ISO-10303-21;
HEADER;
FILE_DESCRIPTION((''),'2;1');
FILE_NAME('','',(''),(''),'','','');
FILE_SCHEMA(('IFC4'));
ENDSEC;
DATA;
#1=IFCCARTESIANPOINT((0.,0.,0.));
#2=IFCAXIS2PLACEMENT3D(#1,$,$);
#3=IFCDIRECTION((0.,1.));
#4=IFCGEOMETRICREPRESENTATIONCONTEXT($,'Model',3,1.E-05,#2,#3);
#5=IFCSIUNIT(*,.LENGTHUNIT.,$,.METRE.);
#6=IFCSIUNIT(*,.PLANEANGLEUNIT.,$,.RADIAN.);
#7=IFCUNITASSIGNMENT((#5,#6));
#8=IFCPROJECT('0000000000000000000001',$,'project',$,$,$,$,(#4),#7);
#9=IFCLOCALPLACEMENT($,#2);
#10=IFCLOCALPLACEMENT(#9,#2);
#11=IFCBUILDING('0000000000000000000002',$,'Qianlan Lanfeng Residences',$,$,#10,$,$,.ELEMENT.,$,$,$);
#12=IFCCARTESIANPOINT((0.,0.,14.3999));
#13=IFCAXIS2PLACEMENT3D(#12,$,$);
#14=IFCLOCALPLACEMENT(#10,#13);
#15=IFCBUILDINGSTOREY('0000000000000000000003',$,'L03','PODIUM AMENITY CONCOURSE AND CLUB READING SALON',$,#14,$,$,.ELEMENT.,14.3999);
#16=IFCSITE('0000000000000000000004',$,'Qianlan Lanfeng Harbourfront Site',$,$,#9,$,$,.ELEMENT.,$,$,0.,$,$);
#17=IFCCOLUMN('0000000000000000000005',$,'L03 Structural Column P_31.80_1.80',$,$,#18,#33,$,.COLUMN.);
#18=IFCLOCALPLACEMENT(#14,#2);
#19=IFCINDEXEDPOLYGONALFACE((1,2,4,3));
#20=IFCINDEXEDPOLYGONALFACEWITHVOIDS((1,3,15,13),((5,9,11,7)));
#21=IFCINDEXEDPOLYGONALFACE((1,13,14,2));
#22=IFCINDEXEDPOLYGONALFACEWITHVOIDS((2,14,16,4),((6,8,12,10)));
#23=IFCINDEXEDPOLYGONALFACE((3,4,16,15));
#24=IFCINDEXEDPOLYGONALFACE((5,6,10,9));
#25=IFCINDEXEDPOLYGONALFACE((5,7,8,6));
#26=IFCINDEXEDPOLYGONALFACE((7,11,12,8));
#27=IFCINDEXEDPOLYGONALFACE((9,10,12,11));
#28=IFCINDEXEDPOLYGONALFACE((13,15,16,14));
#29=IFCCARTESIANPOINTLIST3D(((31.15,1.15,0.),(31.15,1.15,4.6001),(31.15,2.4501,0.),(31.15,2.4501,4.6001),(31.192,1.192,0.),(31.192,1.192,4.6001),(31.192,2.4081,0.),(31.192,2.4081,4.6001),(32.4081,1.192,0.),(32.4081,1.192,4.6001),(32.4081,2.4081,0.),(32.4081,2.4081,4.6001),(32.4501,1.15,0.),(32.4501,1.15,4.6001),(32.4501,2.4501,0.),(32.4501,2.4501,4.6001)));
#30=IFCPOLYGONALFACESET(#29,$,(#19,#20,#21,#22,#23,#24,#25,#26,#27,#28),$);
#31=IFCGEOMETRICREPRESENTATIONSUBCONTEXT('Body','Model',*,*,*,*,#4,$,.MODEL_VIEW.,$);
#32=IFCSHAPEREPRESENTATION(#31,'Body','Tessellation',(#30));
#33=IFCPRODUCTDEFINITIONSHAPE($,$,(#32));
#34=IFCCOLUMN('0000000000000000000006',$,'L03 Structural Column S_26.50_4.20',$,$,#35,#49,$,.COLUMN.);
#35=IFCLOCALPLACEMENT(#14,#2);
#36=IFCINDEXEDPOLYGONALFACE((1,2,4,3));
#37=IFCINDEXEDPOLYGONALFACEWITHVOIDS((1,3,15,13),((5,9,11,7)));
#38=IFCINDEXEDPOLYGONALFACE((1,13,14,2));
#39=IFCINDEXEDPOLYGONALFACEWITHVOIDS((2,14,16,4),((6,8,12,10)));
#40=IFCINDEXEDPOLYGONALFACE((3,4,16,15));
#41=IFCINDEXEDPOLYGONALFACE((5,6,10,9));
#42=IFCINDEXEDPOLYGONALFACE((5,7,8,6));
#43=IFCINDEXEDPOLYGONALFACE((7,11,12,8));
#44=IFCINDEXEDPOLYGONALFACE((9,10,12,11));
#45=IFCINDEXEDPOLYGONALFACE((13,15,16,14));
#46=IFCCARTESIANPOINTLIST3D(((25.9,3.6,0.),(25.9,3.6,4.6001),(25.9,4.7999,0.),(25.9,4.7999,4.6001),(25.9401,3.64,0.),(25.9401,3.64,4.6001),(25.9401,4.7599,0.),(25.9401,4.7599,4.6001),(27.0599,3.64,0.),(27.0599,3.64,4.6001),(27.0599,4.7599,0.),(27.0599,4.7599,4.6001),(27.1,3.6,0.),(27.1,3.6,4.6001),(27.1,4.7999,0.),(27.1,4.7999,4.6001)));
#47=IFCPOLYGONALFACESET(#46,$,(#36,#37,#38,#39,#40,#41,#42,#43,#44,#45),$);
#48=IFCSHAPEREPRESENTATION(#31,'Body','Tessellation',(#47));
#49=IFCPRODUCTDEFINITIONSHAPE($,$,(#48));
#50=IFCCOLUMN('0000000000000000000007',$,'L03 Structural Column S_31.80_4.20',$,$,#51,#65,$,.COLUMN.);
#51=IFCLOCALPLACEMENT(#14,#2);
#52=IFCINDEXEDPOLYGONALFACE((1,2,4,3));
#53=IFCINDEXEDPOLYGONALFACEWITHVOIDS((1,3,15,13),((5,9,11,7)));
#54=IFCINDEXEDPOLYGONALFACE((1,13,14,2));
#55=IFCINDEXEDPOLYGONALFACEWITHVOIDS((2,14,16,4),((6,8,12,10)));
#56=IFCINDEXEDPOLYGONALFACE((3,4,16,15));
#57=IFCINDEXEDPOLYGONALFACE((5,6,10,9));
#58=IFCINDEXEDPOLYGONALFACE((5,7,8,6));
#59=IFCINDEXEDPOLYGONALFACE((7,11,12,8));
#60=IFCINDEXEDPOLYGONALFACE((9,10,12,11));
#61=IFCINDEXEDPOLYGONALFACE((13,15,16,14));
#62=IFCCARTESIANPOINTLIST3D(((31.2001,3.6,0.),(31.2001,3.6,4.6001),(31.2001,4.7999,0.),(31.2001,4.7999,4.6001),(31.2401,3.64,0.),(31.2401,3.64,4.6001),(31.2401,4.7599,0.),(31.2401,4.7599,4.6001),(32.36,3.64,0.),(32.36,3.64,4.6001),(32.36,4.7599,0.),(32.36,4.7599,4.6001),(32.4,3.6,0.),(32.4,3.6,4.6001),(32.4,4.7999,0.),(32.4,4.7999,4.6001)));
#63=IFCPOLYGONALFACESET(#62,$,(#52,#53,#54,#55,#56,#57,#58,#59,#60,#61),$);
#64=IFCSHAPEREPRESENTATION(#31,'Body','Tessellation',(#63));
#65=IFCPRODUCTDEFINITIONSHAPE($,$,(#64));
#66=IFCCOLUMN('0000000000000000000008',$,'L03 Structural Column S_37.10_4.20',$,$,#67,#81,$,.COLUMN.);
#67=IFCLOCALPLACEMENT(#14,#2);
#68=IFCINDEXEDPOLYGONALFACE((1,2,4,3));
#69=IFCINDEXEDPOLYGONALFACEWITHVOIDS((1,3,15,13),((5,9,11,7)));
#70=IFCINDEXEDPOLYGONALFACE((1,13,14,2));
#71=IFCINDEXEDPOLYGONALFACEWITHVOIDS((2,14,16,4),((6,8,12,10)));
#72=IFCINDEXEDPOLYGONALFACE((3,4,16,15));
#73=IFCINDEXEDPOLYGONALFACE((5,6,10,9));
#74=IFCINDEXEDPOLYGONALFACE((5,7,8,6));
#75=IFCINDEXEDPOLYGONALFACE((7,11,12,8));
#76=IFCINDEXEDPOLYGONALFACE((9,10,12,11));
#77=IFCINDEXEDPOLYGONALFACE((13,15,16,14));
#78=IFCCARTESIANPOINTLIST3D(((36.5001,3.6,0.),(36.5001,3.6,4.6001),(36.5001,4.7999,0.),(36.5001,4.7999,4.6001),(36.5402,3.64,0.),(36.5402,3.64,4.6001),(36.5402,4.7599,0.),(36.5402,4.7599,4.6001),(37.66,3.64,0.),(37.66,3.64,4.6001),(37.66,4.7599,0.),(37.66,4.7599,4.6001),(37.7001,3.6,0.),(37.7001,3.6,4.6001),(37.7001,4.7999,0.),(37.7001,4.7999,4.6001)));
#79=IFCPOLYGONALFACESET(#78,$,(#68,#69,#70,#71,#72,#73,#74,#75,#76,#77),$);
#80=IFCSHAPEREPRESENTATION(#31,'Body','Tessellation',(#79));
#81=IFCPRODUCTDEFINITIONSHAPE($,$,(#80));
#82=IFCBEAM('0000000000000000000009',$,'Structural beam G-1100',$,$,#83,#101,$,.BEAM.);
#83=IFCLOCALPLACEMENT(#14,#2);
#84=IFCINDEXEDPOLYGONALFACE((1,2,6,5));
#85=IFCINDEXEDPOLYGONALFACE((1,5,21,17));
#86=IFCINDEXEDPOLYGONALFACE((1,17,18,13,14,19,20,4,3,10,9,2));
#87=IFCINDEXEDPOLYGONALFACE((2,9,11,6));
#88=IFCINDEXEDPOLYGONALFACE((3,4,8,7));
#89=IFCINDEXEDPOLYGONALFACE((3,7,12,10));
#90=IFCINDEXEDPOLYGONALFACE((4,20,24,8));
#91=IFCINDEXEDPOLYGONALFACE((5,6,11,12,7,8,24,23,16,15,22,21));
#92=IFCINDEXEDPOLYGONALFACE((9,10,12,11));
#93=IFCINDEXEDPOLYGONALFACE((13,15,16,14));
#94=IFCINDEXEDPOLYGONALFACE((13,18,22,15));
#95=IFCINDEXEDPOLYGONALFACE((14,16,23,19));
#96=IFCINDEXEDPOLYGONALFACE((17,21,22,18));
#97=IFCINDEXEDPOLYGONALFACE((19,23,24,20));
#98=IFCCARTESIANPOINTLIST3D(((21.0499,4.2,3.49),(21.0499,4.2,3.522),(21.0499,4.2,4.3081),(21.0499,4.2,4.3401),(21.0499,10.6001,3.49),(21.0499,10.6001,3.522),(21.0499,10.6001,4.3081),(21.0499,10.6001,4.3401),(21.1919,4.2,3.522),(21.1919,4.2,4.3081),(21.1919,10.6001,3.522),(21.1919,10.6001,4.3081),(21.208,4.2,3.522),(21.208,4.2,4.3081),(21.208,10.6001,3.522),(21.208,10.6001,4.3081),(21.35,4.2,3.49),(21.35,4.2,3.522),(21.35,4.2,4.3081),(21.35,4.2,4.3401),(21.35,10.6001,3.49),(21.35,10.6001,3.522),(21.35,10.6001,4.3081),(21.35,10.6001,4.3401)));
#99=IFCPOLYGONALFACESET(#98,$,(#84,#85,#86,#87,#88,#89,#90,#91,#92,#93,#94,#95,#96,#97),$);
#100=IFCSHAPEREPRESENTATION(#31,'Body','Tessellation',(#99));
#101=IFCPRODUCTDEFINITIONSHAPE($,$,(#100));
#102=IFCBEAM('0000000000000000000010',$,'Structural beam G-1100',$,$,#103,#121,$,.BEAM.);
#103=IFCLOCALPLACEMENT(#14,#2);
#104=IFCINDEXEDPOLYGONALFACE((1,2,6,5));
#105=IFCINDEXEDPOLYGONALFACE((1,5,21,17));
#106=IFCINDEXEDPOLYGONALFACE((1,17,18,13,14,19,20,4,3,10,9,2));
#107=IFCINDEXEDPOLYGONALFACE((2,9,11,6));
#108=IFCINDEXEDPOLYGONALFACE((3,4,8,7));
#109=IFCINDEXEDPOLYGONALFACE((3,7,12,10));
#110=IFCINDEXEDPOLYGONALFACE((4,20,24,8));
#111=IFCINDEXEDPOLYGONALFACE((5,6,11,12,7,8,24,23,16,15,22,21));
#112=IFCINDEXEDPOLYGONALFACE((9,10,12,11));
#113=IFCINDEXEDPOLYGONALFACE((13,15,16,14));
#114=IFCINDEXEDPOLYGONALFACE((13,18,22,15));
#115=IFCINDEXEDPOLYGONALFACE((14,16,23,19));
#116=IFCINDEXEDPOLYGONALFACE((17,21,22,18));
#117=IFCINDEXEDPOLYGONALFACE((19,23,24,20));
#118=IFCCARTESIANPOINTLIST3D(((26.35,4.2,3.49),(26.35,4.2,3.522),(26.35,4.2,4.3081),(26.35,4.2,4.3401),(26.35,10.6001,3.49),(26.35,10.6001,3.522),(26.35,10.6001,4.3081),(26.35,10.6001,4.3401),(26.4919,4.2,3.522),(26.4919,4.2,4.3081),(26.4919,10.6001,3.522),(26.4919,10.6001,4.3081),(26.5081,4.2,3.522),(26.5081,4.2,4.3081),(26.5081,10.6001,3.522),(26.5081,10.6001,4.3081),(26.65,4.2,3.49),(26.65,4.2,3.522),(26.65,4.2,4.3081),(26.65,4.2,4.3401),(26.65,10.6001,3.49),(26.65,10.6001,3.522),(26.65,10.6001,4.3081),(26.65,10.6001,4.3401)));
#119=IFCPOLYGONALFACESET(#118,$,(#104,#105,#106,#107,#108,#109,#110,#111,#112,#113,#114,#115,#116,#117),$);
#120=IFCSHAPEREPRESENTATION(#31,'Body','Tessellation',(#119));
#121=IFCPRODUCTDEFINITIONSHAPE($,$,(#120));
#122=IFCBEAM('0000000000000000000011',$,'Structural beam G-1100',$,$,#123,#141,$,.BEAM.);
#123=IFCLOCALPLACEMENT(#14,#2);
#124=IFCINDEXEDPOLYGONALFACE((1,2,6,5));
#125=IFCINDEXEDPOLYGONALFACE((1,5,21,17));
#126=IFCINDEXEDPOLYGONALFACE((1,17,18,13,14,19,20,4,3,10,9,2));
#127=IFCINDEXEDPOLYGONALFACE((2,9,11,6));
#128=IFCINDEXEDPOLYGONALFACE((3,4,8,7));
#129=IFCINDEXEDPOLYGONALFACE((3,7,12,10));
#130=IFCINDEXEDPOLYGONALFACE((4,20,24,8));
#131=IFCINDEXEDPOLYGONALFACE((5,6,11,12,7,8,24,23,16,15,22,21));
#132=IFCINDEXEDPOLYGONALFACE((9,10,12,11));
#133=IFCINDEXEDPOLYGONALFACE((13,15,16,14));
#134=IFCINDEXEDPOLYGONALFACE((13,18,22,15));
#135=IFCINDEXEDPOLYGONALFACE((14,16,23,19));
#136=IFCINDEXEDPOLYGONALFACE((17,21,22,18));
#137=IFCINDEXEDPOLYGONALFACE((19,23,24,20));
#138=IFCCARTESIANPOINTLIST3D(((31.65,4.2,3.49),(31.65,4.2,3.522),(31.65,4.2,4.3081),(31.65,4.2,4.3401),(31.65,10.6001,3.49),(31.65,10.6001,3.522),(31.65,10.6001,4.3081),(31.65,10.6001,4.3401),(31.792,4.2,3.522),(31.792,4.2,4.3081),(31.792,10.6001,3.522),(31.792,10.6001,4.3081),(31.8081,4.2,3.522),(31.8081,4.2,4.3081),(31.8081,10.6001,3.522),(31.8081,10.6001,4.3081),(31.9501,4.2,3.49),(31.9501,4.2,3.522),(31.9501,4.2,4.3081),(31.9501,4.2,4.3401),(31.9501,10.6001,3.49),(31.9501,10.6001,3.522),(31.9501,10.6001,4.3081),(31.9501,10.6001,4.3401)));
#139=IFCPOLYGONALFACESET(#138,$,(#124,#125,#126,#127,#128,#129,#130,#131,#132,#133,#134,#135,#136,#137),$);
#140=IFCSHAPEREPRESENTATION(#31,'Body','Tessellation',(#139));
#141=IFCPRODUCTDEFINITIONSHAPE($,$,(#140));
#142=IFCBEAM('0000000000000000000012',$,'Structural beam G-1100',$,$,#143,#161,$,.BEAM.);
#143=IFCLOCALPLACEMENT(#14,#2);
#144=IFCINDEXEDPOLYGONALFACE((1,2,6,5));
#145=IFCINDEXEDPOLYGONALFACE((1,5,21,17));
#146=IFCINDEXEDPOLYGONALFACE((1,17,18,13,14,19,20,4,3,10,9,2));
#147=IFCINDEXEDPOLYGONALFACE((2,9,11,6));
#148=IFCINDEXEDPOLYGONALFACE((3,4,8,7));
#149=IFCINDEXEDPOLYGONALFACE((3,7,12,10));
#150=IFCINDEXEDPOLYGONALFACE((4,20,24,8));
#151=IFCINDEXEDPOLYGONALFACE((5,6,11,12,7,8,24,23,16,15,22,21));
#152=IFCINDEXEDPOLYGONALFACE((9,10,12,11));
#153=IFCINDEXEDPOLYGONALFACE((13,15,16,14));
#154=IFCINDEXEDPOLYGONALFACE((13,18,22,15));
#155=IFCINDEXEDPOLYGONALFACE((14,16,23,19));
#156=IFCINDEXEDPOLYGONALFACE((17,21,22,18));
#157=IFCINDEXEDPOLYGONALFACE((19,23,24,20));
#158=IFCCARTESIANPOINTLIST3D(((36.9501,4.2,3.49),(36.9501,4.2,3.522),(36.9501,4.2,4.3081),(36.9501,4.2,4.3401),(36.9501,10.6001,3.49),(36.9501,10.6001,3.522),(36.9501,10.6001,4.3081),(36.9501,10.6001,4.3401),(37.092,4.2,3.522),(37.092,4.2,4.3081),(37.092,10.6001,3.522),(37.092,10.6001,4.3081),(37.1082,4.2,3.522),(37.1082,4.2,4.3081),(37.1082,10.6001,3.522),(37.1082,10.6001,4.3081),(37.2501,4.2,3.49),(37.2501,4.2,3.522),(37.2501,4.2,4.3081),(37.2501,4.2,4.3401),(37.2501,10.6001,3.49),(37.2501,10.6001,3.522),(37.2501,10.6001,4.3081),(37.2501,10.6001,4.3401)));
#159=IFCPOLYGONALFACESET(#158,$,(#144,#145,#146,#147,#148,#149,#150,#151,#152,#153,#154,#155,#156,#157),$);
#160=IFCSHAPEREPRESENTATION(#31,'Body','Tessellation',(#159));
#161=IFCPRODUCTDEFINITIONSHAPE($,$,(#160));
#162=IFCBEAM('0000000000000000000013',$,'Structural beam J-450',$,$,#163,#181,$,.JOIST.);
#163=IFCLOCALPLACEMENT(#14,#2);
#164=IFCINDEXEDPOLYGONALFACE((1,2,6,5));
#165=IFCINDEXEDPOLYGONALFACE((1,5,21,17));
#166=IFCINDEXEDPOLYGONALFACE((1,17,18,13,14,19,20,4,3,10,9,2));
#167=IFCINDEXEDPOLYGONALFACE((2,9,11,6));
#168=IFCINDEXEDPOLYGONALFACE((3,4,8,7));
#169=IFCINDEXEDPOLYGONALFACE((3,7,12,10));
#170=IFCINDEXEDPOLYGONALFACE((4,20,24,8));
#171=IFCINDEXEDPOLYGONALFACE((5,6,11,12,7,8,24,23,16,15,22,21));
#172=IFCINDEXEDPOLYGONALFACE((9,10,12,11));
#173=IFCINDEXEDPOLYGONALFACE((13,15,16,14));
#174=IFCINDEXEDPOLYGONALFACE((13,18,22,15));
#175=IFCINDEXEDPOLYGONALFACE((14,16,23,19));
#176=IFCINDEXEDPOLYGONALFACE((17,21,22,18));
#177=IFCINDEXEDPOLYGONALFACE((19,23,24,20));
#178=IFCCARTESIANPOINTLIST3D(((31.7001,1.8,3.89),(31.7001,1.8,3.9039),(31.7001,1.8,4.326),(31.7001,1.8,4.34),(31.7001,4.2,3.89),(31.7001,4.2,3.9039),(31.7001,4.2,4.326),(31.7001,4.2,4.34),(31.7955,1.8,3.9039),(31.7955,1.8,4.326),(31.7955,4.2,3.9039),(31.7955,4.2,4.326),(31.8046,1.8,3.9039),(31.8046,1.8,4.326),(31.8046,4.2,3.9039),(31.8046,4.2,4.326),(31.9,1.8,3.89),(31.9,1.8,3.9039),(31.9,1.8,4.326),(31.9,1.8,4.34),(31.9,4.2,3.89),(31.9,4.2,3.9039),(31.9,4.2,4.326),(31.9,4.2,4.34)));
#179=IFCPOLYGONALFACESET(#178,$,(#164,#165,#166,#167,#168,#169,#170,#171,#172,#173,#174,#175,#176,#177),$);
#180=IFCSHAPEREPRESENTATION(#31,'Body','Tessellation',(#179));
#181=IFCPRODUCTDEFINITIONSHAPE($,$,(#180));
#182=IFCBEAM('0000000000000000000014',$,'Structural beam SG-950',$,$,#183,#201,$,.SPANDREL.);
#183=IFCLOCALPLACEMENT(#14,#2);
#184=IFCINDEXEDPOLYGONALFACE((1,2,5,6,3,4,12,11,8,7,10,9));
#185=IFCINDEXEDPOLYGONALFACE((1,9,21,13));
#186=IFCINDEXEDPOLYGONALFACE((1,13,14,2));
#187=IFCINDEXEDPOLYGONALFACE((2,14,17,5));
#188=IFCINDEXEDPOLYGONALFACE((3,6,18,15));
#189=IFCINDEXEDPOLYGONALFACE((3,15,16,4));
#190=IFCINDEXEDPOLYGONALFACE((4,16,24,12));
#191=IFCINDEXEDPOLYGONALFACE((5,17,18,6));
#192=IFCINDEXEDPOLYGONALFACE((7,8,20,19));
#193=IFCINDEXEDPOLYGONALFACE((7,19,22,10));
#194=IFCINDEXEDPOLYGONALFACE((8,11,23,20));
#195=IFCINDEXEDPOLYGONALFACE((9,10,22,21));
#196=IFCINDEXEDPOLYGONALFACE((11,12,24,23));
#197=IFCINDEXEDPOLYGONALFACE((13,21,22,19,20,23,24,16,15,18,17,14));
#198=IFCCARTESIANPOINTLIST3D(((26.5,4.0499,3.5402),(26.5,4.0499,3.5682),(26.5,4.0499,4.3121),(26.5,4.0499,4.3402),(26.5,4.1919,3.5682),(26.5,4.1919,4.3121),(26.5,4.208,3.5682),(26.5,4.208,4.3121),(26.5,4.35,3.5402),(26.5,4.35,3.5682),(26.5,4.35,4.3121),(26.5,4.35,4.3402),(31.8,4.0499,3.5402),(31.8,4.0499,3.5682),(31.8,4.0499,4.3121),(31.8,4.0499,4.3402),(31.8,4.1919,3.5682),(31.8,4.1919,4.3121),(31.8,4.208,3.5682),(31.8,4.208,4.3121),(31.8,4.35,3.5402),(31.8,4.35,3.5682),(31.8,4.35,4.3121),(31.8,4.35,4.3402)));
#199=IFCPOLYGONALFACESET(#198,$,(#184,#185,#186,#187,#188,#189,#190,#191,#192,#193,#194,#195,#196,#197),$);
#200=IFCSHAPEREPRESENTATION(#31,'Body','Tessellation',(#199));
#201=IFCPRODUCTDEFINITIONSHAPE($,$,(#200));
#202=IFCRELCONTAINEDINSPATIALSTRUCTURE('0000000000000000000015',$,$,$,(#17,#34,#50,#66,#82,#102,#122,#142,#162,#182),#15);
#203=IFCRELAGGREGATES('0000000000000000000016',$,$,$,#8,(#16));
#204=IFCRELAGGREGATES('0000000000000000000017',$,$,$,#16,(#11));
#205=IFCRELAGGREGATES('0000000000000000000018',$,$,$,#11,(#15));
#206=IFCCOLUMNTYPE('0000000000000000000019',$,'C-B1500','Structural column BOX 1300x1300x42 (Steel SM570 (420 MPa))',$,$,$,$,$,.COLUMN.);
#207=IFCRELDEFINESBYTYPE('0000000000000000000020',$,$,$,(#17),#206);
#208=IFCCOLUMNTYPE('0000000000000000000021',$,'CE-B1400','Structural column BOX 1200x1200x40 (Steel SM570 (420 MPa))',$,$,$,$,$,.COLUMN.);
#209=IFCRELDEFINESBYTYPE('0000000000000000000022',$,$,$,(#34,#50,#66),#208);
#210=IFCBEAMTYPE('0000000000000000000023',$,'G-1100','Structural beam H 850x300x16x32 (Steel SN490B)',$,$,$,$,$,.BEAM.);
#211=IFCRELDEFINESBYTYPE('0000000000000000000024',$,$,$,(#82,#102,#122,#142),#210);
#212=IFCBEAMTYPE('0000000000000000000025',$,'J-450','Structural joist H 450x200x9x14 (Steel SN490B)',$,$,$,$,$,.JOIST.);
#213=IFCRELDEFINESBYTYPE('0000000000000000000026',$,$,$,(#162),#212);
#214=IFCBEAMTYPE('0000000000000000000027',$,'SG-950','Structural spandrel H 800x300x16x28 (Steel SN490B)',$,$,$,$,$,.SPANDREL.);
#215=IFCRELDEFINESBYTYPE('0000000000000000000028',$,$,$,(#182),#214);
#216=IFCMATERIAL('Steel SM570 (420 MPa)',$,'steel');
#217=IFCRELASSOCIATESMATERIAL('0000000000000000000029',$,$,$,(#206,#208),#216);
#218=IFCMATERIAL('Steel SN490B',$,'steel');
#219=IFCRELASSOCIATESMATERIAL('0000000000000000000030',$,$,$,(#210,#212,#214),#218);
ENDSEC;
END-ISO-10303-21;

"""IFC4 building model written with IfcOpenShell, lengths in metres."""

from ifc_helpers import new_model, si_unit, direction, frame, origin, origin_2d, place, context, subcontext, project, spatial, hollow_rectangle, i_section, extrude, material, material_profile, profile_set, type_object, element, save


model = new_model("IFC4")

# Units and contexts
model_context = context("Model", 3, precision=1e-05, world=origin(), true_north=direction((0.0, 1.0)))
body_context = subcontext(model_context, "Body", "Model", "MODEL_VIEW")
ifc_project = project(units=[si_unit("LENGTHUNIT", "METRE"), si_unit("PLANEANGLEUNIT", "RADIAN")], contexts=[model_context])

# Site, building, storey
site_placement = place(None, origin())
site = spatial("IfcSite", under=ifc_project, at=site_placement, Name="Qianlan Lanfeng Harbourfront Site", CompositionType="ELEMENT", RefElevation=0.0)
building_placement = place(site_placement, origin())
building = spatial("IfcBuilding", under=site, at=building_placement, Name="Qianlan Lanfeng Residences", CompositionType="ELEMENT")
storey_placement = place(building_placement, frame((0.0, 0.0, 14.3999)))
storey = spatial("IfcBuildingStorey", under=building, at=storey_placement, Name="L03", Description="PODIUM AMENITY CONCOURSE AND CLUB READING SALON", CompositionType="ELEMENT", Elevation=14.3999)

# Columns
ifc_material_1 = material(Name="Steel SM570 (420 MPa)", Category="steel")
ifc_material_profile_1 = material_profile(ifc_material_1, hollow_rectangle(XDim=1.3, YDim=1.3, WallThickness=0.042, at=origin_2d()), Name="BOX 1300x1300x42")
ifc_profile_set_1 = profile_set([ifc_material_profile_1], Name="Steel SM570 (420 MPa)")
column_type_1 = type_object("IfcColumnType", Name="C-B1500", Description="Structural column BOX 1300x1300x42 (Steel SM570 (420 MPa))", PredefinedType="COLUMN", material=ifc_profile_set_1)
column_placement = place(storey_placement, frame((31.8, 1.8, 0.0), z_axis=(0.0, 0.0, 1.0), x_axis=(1.0, 0.0, 0.0)))
element("IfcColumn", 1, at=column_placement, inside=storey, type_object=column_type_1, Name="L03 Structural Column P_31.80_1.80", PredefinedType="COLUMN", context=body_context, shape_type="SweptSolid", body=[
    extrude(hollow_rectangle(XDim=1.3, YDim=1.3, WallThickness=0.042, at=origin_2d()), origin(), (0.0, 0.0, 1.0), 4.6001),
])
ifc_material_profile_2 = material_profile(ifc_material_1, hollow_rectangle(XDim=1.2, YDim=1.2, WallThickness=0.04, at=origin_2d()), Name="BOX 1200x1200x40")
ifc_profile_set_2 = profile_set([ifc_material_profile_2], Name="Steel SM570 (420 MPa)")
column_type_2 = type_object("IfcColumnType", Name="CE-B1400", Description="Structural column BOX 1200x1200x40 (Steel SM570 (420 MPa))", PredefinedType="COLUMN", material=ifc_profile_set_2)
for number, where, z_axis, x_axis, name in (
    (2, (26.5, 4.2, 0.0), (0.0, 0.0, 1.0), (1.0, 0.0, 0.0), "L03 Structural Column S_26.50_4.20"),
    (3, (31.8, 4.2, 0.0), (0.0, 0.0, 1.0), (1.0, 0.0, 0.0), "L03 Structural Column S_31.80_4.20"),
    (4, (37.1001, 4.2, 0.0), (0.0, 0.0, 1.0), (1.0, 0.0, 0.0), "L03 Structural Column S_37.10_4.20"),
):
    element("IfcColumn", number, at=place(storey_placement, frame(where, z_axis=z_axis, x_axis=x_axis)), inside=storey, type_object=column_type_2, Name=name, PredefinedType="COLUMN", context=body_context, shape_type="SweptSolid", body=[
        extrude(hollow_rectangle(XDim=1.2, YDim=1.2, WallThickness=0.04, at=origin_2d()), origin(), (0.0, 0.0, 1.0), 4.6001),
    ])

# Beams
ifc_material_2 = material(Name="Steel SN490B", Category="steel")
ifc_material_profile_3 = material_profile(ifc_material_2, i_section(OverallWidth=0.3, OverallDepth=0.8501, WebThickness=0.0161, FlangeThickness=0.032, at=origin_2d()), Name="H 850x300x16x32")
ifc_profile_set_3 = profile_set([ifc_material_profile_3], Name="Steel SN490B")
beam_type_1 = type_object("IfcBeamType", Name="G-1100", Description="Structural beam H 850x300x16x32 (Steel SN490B)", PredefinedType="BEAM", material=ifc_profile_set_3)
for number, where, z_axis, x_axis, name in (
    (5, (21.2, 4.2, 3.915), (0.0, 1.0, 0.0), (-1.0, 0.0, 0.0), "Structural beam G-1100"),
    (6, (26.5, 4.2, 3.915), (0.0, 1.0, 0.0), (-1.0, 0.0, 0.0), "Structural beam G-1100"),
    (7, (31.8, 4.2, 3.915), (0.0, 1.0, 0.0), (-1.0, 0.0, 0.0), "Structural beam G-1100"),
    (8, (37.1001, 4.2, 3.915), (0.0, 1.0, 0.0), (-1.0, 0.0, 0.0), "Structural beam G-1100"),
):
    element("IfcBeam", number, at=place(storey_placement, frame(where, z_axis=z_axis, x_axis=x_axis)), inside=storey, type_object=beam_type_1, Name=name, PredefinedType="BEAM", context=body_context, shape_type="SweptSolid", body=[
        extrude(i_section(OverallWidth=0.3, OverallDepth=0.8501, WebThickness=0.0161, FlangeThickness=0.032, at=origin_2d()), origin(), (0.0, 0.0, 1.0), 6.4001),
    ])
ifc_material_profile_4 = material_profile(ifc_material_2, i_section(OverallWidth=0.2, OverallDepth=0.45, WebThickness=0.009, FlangeThickness=0.0139, at=origin_2d()), Name="H 450x200x9x14")
ifc_profile_set_4 = profile_set([ifc_material_profile_4], Name="Steel SN490B")
beam_type_2 = type_object("IfcBeamType", Name="J-450", Description="Structural joist H 450x200x9x14 (Steel SN490B)", PredefinedType="JOIST", material=ifc_profile_set_4)
beam_1_placement = place(storey_placement, frame((31.8, 1.8, 4.115), z_axis=(0.0, 1.0, 0.0), x_axis=(-1.0, 0.0, 0.0)))
element("IfcBeam", 9, at=beam_1_placement, inside=storey, type_object=beam_type_2, Name="Structural beam J-450", PredefinedType="JOIST", context=body_context, shape_type="SweptSolid", body=[
    extrude(i_section(OverallWidth=0.2, OverallDepth=0.45, WebThickness=0.009, FlangeThickness=0.0139, at=origin_2d()), origin(), (0.0, 0.0, 1.0), 2.3999),
])
ifc_material_profile_5 = material_profile(ifc_material_2, i_section(OverallWidth=0.3, OverallDepth=0.8, WebThickness=0.0161, FlangeThickness=0.0281, at=origin_2d()), Name="H 800x300x16x28")
ifc_profile_set_5 = profile_set([ifc_material_profile_5], Name="Steel SN490B")
beam_type_3 = type_object("IfcBeamType", Name="SG-950", Description="Structural spandrel H 800x300x16x28 (Steel SN490B)", PredefinedType="SPANDREL", material=ifc_profile_set_5)
for number, where, z_axis, x_axis, name in (
    (10, (26.5, 4.2, 3.9402), (1.0, 0.0, 0.0), (0.0, 1.0, 0.0), "Structural beam SG-950"),
):
    element("IfcBeam", number, at=place(storey_placement, frame(where, z_axis=z_axis, x_axis=x_axis)), inside=storey, type_object=beam_type_3, Name=name, PredefinedType="SPANDREL", context=body_context, shape_type="SweptSolid", body=[
        extrude(i_section(OverallWidth=0.3, OverallDepth=0.8, WebThickness=0.0161, FlangeThickness=0.0281, at=origin_2d()), origin(), (0.0, 0.0, 1.0), 5.3),
    ])

save(model, "model.ifc")
